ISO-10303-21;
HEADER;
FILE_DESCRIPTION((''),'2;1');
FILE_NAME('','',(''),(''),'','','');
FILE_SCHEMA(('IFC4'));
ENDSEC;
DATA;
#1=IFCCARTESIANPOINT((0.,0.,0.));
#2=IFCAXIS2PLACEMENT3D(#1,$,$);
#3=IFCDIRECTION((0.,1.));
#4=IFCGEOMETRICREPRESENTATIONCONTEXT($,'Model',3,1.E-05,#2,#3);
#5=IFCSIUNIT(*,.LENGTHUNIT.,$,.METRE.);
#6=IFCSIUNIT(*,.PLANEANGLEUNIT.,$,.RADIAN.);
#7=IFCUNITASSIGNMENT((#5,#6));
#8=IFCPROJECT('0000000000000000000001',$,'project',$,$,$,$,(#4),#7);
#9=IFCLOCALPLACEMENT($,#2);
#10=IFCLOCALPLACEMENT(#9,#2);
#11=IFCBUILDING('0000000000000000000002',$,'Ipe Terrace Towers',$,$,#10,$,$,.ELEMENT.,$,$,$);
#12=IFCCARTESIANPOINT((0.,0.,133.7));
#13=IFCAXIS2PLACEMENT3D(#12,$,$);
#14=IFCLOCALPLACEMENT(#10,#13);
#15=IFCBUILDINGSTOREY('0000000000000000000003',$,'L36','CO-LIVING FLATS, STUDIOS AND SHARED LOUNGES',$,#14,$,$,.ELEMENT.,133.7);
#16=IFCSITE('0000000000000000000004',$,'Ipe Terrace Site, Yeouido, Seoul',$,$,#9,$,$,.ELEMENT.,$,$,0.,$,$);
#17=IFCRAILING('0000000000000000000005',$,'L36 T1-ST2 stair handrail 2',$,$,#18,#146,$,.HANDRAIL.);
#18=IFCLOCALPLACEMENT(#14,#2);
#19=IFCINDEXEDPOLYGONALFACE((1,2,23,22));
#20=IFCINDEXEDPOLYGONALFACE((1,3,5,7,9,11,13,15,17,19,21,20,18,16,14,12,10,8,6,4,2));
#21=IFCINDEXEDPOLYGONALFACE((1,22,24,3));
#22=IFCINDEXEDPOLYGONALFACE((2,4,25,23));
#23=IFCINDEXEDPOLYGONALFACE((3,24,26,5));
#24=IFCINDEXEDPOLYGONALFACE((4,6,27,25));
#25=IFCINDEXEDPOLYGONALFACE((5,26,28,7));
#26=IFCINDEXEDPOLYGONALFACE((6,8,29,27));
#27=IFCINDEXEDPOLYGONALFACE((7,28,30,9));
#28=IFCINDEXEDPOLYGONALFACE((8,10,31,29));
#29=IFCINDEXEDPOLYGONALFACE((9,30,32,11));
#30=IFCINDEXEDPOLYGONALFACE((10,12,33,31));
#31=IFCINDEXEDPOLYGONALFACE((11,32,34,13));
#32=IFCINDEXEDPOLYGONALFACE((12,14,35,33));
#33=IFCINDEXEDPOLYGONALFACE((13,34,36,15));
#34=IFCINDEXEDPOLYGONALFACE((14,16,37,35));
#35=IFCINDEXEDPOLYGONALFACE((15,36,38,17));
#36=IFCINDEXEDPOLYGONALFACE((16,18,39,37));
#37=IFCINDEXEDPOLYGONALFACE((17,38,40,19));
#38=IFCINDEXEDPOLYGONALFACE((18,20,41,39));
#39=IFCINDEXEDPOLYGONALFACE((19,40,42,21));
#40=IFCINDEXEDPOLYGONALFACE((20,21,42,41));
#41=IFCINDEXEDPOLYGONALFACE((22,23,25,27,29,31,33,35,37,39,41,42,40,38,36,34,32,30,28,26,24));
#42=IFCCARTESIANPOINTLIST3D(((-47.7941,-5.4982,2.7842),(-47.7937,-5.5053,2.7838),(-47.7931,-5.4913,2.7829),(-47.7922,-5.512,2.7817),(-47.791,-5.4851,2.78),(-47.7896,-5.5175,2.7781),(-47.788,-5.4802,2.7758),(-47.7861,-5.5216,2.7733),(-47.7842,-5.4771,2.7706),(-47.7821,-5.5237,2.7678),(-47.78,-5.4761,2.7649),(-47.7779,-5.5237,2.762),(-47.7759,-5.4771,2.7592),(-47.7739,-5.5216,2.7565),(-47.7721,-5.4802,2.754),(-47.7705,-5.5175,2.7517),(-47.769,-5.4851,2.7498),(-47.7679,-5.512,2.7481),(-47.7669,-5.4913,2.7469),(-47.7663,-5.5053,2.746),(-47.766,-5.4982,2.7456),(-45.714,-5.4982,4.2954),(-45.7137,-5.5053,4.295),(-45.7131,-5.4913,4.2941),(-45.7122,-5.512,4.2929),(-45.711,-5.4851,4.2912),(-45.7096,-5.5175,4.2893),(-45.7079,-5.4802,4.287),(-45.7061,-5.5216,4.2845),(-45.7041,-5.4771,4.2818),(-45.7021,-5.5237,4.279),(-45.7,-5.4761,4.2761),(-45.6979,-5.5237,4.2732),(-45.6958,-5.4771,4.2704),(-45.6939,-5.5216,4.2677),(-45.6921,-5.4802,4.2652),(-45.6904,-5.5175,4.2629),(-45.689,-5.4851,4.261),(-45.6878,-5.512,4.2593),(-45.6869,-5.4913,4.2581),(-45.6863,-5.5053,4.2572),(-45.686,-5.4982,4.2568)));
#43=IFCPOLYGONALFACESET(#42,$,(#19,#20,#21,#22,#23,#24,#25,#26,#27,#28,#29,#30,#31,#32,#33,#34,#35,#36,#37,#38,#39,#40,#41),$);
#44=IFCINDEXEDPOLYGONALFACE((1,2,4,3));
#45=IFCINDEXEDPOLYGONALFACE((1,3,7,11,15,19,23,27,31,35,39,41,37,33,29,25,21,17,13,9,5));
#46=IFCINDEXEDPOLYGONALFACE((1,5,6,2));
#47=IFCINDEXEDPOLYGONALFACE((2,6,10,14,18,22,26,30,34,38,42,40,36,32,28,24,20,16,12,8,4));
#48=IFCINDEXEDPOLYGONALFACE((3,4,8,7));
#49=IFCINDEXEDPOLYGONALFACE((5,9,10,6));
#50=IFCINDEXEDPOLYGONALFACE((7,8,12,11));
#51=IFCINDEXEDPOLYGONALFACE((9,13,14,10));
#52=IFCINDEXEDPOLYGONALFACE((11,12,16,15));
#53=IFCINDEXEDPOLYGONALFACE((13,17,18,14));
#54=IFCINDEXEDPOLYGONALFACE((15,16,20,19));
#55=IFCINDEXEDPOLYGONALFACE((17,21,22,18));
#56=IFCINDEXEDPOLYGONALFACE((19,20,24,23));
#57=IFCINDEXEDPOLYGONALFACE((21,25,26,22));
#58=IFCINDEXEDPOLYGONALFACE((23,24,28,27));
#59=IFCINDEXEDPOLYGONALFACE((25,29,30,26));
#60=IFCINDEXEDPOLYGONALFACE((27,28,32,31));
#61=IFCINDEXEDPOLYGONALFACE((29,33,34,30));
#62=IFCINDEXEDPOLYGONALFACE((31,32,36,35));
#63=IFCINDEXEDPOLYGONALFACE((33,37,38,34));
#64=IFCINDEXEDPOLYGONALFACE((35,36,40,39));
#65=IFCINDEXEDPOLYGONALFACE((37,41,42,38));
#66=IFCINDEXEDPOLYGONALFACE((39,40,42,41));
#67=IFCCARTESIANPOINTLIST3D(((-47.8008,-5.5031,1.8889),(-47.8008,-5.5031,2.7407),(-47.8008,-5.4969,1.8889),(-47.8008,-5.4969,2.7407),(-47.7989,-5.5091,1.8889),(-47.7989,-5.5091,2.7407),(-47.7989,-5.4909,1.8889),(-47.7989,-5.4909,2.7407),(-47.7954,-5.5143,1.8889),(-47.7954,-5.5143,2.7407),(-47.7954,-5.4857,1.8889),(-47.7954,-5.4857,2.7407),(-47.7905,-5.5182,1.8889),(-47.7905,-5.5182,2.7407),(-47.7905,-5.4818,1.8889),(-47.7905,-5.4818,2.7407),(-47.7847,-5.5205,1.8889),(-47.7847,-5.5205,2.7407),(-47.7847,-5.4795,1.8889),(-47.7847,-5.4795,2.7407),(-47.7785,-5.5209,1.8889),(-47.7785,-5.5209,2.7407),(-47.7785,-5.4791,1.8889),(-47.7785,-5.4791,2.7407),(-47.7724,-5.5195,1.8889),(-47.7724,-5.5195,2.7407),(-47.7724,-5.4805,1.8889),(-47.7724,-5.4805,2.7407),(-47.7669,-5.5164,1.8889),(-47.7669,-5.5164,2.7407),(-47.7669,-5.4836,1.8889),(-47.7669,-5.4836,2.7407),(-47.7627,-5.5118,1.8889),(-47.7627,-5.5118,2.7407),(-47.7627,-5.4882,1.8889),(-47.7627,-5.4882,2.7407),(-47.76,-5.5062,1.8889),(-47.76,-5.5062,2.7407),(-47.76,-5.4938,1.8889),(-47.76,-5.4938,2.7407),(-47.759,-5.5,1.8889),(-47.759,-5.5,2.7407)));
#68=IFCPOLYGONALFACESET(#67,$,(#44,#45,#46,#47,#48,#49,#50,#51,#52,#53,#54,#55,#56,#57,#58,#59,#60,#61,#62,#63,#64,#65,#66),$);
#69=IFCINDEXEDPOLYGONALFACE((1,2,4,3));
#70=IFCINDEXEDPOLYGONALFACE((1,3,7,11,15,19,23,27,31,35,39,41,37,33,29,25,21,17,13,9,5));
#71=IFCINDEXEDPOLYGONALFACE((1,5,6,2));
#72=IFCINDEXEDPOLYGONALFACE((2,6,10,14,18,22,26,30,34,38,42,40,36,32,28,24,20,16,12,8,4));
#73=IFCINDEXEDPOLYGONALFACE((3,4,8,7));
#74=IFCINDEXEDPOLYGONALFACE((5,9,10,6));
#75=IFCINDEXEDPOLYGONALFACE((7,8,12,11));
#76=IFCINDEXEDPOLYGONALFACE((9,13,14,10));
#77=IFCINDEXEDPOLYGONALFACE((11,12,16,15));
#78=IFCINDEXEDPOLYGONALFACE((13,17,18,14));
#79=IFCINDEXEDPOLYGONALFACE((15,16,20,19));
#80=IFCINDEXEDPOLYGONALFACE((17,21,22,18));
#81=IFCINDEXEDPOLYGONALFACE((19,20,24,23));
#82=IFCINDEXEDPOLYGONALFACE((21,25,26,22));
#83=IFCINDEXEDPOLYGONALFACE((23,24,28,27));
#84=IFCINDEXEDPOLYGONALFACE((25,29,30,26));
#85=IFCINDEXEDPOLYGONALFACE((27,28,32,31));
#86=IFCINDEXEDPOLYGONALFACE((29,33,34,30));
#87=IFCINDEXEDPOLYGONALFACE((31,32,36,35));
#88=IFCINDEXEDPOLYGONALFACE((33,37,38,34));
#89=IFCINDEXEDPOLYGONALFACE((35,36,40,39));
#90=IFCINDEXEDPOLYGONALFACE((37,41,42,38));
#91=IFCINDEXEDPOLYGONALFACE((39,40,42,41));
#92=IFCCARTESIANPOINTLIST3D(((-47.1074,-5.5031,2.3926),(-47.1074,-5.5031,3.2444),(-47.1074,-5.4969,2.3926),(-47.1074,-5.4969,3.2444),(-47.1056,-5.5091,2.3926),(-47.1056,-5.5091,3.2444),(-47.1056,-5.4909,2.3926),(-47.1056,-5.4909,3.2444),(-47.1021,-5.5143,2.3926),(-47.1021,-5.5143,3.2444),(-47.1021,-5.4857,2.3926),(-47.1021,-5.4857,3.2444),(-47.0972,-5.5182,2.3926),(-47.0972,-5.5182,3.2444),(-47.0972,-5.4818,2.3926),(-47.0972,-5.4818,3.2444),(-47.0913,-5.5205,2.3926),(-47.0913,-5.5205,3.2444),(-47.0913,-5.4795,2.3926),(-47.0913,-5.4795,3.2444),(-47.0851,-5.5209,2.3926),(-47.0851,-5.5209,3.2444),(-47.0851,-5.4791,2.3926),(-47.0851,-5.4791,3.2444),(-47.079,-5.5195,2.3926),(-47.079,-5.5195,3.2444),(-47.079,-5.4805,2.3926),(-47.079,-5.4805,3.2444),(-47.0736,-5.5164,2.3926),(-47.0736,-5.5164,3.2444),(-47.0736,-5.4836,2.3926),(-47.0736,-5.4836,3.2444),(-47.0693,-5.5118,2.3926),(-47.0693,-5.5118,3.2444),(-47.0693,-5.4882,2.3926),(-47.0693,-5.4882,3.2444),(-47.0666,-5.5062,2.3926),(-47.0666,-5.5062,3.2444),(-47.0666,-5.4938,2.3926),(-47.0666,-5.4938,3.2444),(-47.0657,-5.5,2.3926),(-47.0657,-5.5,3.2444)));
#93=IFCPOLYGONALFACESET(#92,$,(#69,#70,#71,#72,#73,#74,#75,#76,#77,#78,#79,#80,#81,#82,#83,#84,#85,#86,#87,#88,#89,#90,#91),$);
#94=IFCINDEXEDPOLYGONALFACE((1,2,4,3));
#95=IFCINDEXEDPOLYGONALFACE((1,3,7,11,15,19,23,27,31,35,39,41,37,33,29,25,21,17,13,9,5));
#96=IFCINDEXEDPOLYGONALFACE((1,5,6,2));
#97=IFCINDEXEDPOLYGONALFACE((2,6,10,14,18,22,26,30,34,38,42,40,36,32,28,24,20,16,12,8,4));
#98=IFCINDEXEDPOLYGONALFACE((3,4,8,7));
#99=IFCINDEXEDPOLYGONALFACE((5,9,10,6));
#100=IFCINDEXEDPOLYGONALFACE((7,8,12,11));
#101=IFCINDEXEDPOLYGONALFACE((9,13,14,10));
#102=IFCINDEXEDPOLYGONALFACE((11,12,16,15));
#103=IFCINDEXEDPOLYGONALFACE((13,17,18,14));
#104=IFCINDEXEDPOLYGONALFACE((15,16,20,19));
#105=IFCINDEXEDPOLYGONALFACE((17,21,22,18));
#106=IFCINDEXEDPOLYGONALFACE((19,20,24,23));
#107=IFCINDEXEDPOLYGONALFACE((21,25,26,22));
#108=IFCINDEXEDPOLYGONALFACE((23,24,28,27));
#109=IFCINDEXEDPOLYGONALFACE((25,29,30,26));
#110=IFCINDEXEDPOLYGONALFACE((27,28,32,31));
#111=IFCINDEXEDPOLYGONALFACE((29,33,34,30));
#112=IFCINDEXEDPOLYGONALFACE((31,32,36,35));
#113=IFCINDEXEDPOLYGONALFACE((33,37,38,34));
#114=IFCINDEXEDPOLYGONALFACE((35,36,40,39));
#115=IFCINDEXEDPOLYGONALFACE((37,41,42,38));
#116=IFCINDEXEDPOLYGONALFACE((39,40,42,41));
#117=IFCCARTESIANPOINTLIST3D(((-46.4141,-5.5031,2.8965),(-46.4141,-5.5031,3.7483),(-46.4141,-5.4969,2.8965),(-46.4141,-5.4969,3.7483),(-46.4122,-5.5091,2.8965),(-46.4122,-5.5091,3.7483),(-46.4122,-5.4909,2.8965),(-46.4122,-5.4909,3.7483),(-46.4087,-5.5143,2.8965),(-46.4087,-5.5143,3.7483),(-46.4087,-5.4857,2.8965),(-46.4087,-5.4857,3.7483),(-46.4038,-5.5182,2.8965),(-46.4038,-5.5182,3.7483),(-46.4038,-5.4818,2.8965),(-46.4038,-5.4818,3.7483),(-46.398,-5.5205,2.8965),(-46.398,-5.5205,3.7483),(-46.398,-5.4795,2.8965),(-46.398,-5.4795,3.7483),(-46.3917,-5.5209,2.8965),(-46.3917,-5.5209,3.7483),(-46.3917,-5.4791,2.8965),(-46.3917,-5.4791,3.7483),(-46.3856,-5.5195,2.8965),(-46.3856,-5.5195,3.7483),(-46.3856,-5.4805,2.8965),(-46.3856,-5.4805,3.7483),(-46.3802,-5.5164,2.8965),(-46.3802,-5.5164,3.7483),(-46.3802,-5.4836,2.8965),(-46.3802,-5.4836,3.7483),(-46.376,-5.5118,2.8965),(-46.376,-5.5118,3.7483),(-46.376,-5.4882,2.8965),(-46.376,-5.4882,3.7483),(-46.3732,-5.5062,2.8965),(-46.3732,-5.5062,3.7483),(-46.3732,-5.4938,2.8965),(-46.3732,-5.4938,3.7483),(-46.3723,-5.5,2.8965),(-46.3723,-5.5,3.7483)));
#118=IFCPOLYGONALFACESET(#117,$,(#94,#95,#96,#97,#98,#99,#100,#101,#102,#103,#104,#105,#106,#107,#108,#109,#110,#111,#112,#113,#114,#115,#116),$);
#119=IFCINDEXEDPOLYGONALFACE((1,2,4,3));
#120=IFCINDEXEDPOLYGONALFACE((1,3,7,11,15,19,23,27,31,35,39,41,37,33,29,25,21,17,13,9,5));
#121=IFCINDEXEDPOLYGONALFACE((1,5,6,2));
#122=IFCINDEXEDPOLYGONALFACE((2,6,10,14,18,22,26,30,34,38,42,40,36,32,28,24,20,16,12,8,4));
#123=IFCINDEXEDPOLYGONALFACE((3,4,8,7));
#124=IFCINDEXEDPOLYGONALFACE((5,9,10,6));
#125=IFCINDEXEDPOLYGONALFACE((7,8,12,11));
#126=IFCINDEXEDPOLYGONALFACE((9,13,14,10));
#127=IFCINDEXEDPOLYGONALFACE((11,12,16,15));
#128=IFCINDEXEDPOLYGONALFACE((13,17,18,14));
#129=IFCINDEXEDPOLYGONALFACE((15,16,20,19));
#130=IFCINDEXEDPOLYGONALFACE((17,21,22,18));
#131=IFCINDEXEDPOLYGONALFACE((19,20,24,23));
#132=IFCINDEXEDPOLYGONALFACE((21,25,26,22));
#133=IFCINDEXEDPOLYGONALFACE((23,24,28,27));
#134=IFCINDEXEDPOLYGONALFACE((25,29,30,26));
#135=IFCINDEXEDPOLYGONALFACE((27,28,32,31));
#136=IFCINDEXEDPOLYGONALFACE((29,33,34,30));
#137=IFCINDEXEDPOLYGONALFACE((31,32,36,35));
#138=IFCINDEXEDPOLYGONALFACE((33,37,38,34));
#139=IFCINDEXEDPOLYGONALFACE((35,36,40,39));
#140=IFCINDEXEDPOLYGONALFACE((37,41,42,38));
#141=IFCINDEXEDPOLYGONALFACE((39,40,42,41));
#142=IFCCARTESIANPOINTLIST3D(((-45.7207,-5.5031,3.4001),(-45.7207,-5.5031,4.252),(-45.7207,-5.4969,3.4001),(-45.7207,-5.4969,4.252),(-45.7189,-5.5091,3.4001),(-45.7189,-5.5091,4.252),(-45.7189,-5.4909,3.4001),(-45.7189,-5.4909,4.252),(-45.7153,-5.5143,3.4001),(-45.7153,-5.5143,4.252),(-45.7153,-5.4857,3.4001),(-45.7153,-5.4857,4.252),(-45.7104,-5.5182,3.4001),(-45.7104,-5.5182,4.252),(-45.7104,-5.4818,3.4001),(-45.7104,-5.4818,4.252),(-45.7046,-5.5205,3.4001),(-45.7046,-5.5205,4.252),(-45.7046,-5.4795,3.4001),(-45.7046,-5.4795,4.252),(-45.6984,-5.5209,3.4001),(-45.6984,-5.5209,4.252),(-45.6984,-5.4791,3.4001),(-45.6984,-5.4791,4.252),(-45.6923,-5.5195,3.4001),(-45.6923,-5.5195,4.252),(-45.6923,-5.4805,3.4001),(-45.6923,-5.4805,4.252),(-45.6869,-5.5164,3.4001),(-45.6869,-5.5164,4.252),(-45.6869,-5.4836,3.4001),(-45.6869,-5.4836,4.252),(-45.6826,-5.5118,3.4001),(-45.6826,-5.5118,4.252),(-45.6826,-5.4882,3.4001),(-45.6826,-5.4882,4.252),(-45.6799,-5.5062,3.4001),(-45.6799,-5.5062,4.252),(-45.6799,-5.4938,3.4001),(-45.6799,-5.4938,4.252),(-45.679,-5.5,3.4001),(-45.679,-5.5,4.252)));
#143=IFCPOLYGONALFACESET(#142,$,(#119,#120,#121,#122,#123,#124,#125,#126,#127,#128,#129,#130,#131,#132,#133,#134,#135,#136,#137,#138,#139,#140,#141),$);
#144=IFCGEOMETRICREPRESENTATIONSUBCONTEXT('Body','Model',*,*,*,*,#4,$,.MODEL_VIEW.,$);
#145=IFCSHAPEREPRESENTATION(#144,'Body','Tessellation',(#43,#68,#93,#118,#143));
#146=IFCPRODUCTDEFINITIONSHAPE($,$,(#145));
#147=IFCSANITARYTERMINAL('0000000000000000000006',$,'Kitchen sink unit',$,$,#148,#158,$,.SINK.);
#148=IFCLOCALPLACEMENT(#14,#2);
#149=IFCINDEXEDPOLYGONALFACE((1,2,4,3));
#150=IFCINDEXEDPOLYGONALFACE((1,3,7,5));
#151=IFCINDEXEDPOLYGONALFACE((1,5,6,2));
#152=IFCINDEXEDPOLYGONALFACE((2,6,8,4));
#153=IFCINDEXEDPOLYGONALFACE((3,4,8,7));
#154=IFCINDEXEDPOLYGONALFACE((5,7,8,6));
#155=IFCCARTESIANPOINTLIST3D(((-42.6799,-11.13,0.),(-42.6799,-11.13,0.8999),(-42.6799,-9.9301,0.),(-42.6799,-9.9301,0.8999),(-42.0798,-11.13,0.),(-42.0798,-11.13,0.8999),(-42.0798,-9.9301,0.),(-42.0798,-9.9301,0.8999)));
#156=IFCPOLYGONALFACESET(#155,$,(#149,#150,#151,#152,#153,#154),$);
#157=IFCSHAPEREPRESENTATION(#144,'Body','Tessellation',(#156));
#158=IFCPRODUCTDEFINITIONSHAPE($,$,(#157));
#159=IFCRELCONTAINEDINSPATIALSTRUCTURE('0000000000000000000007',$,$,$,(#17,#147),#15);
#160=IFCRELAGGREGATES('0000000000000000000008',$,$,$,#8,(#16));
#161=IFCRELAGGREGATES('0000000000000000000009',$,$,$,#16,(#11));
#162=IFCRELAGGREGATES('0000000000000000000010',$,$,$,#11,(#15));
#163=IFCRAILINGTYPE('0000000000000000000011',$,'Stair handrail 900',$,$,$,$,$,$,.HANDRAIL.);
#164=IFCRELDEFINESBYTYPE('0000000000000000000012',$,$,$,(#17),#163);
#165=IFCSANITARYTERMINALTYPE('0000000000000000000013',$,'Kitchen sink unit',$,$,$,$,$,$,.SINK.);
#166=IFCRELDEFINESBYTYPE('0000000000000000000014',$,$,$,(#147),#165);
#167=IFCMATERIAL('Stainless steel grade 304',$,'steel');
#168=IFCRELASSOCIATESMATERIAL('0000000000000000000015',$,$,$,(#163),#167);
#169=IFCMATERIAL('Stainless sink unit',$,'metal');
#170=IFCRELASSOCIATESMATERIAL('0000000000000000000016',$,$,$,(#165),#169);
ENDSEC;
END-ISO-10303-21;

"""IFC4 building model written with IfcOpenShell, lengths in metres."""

from ifc_helpers import new_model, si_unit, direction, frame, origin, origin_2d, place, context, subcontext, project, spatial, rectangle, circle, extrude, material, type_object, element, save


model = new_model("IFC4")

# Units and contexts
model_context = context("Model", 3, precision=1e-05, world=origin(), true_north=direction((0.0, 1.0)))
body_context = subcontext(model_context, "Body", "Model", "MODEL_VIEW")
ifc_project = project(units=[si_unit("LENGTHUNIT", "METRE"), si_unit("PLANEANGLEUNIT", "RADIAN")], contexts=[model_context])

# Site, building, storey
site_placement = place(None, origin())
site = spatial("IfcSite", under=ifc_project, at=site_placement, Name="Ipe Terrace Site, Yeouido, Seoul", CompositionType="ELEMENT", RefElevation=0.0)
building_placement = place(site_placement, origin())
building = spatial("IfcBuilding", under=site, at=building_placement, Name="Ipe Terrace Towers", CompositionType="ELEMENT")
storey_placement = place(building_placement, frame((0.0, 0.0, 133.7)))
storey = spatial("IfcBuildingStorey", under=building, at=storey_placement, Name="L36", Description="CO-LIVING FLATS, STUDIOS AND SHARED LOUNGES", CompositionType="ELEMENT", Elevation=133.7)

# Railing
ifc_material_1 = material(Name="Stainless steel grade 304", Category="steel")
railing_type_1 = type_object("IfcRailingType", Name="Stair handrail 900", PredefinedType="HANDRAIL", material=ifc_material_1)
railing_1_placement = place(storey_placement, frame((-47.78, -5.5, 1.8889)))
element("IfcRailing", 1, at=railing_1_placement, inside=storey, type_object=railing_type_1, Name="L36 T1-ST2 stair handrail 2", PredefinedType="HANDRAIL", context=body_context, shape_type="SweptSolid", body=[
    extrude(circle(Radius=0.0239, at=origin_2d()), frame((0.0, 0.0, 0.876), z_axis=(0.809023, 0.0, 0.587776), x_axis=(0.0, 1.0, 0.0)), (0.0, 0.0, 1.0), 2.571),
    extrude(circle(Radius=0.021, at=origin_2d()), origin(), (0.0, 0.0, 1.0), 0.8518),
    extrude(circle(Radius=0.021, at=origin_2d()), frame((0.6934, 0.0, 0.5037)), (0.0, 0.0, 1.0), 0.8518),
    extrude(circle(Radius=0.021, at=origin_2d()), frame((1.3867, 0.0, 1.0076)), (0.0, 0.0, 1.0), 0.8518),
    extrude(circle(Radius=0.021, at=origin_2d()), frame((2.0801, 0.0, 1.5112)), (0.0, 0.0, 1.0), 0.8518),
])

# Sanitary terminal
ifc_material_2 = material(Name="Stainless sink unit", Category="metal")
sanitary_terminal_type = type_object("IfcSanitaryTerminalType", Name="Kitchen sink unit", PredefinedType="SINK", material=ifc_material_2)
sanitary_terminal_placement = place(storey_placement, frame((-42.3799, -10.53, 0.0), z_axis=(0.0, 0.0, 1.0), x_axis=(0.0, 1.0, 0.0)))
element("IfcSanitaryTerminal", 2, at=sanitary_terminal_placement, inside=storey, type_object=sanitary_terminal_type, Name="Kitchen sink unit", PredefinedType="SINK", context=body_context, shape_type="SweptSolid", body=[
    extrude(rectangle(XDim=1.2, YDim=0.6001, at=origin_2d()), origin(), (0.0, 0.0, 1.0), 0.8999),
])

save(model, "model.ifc")
